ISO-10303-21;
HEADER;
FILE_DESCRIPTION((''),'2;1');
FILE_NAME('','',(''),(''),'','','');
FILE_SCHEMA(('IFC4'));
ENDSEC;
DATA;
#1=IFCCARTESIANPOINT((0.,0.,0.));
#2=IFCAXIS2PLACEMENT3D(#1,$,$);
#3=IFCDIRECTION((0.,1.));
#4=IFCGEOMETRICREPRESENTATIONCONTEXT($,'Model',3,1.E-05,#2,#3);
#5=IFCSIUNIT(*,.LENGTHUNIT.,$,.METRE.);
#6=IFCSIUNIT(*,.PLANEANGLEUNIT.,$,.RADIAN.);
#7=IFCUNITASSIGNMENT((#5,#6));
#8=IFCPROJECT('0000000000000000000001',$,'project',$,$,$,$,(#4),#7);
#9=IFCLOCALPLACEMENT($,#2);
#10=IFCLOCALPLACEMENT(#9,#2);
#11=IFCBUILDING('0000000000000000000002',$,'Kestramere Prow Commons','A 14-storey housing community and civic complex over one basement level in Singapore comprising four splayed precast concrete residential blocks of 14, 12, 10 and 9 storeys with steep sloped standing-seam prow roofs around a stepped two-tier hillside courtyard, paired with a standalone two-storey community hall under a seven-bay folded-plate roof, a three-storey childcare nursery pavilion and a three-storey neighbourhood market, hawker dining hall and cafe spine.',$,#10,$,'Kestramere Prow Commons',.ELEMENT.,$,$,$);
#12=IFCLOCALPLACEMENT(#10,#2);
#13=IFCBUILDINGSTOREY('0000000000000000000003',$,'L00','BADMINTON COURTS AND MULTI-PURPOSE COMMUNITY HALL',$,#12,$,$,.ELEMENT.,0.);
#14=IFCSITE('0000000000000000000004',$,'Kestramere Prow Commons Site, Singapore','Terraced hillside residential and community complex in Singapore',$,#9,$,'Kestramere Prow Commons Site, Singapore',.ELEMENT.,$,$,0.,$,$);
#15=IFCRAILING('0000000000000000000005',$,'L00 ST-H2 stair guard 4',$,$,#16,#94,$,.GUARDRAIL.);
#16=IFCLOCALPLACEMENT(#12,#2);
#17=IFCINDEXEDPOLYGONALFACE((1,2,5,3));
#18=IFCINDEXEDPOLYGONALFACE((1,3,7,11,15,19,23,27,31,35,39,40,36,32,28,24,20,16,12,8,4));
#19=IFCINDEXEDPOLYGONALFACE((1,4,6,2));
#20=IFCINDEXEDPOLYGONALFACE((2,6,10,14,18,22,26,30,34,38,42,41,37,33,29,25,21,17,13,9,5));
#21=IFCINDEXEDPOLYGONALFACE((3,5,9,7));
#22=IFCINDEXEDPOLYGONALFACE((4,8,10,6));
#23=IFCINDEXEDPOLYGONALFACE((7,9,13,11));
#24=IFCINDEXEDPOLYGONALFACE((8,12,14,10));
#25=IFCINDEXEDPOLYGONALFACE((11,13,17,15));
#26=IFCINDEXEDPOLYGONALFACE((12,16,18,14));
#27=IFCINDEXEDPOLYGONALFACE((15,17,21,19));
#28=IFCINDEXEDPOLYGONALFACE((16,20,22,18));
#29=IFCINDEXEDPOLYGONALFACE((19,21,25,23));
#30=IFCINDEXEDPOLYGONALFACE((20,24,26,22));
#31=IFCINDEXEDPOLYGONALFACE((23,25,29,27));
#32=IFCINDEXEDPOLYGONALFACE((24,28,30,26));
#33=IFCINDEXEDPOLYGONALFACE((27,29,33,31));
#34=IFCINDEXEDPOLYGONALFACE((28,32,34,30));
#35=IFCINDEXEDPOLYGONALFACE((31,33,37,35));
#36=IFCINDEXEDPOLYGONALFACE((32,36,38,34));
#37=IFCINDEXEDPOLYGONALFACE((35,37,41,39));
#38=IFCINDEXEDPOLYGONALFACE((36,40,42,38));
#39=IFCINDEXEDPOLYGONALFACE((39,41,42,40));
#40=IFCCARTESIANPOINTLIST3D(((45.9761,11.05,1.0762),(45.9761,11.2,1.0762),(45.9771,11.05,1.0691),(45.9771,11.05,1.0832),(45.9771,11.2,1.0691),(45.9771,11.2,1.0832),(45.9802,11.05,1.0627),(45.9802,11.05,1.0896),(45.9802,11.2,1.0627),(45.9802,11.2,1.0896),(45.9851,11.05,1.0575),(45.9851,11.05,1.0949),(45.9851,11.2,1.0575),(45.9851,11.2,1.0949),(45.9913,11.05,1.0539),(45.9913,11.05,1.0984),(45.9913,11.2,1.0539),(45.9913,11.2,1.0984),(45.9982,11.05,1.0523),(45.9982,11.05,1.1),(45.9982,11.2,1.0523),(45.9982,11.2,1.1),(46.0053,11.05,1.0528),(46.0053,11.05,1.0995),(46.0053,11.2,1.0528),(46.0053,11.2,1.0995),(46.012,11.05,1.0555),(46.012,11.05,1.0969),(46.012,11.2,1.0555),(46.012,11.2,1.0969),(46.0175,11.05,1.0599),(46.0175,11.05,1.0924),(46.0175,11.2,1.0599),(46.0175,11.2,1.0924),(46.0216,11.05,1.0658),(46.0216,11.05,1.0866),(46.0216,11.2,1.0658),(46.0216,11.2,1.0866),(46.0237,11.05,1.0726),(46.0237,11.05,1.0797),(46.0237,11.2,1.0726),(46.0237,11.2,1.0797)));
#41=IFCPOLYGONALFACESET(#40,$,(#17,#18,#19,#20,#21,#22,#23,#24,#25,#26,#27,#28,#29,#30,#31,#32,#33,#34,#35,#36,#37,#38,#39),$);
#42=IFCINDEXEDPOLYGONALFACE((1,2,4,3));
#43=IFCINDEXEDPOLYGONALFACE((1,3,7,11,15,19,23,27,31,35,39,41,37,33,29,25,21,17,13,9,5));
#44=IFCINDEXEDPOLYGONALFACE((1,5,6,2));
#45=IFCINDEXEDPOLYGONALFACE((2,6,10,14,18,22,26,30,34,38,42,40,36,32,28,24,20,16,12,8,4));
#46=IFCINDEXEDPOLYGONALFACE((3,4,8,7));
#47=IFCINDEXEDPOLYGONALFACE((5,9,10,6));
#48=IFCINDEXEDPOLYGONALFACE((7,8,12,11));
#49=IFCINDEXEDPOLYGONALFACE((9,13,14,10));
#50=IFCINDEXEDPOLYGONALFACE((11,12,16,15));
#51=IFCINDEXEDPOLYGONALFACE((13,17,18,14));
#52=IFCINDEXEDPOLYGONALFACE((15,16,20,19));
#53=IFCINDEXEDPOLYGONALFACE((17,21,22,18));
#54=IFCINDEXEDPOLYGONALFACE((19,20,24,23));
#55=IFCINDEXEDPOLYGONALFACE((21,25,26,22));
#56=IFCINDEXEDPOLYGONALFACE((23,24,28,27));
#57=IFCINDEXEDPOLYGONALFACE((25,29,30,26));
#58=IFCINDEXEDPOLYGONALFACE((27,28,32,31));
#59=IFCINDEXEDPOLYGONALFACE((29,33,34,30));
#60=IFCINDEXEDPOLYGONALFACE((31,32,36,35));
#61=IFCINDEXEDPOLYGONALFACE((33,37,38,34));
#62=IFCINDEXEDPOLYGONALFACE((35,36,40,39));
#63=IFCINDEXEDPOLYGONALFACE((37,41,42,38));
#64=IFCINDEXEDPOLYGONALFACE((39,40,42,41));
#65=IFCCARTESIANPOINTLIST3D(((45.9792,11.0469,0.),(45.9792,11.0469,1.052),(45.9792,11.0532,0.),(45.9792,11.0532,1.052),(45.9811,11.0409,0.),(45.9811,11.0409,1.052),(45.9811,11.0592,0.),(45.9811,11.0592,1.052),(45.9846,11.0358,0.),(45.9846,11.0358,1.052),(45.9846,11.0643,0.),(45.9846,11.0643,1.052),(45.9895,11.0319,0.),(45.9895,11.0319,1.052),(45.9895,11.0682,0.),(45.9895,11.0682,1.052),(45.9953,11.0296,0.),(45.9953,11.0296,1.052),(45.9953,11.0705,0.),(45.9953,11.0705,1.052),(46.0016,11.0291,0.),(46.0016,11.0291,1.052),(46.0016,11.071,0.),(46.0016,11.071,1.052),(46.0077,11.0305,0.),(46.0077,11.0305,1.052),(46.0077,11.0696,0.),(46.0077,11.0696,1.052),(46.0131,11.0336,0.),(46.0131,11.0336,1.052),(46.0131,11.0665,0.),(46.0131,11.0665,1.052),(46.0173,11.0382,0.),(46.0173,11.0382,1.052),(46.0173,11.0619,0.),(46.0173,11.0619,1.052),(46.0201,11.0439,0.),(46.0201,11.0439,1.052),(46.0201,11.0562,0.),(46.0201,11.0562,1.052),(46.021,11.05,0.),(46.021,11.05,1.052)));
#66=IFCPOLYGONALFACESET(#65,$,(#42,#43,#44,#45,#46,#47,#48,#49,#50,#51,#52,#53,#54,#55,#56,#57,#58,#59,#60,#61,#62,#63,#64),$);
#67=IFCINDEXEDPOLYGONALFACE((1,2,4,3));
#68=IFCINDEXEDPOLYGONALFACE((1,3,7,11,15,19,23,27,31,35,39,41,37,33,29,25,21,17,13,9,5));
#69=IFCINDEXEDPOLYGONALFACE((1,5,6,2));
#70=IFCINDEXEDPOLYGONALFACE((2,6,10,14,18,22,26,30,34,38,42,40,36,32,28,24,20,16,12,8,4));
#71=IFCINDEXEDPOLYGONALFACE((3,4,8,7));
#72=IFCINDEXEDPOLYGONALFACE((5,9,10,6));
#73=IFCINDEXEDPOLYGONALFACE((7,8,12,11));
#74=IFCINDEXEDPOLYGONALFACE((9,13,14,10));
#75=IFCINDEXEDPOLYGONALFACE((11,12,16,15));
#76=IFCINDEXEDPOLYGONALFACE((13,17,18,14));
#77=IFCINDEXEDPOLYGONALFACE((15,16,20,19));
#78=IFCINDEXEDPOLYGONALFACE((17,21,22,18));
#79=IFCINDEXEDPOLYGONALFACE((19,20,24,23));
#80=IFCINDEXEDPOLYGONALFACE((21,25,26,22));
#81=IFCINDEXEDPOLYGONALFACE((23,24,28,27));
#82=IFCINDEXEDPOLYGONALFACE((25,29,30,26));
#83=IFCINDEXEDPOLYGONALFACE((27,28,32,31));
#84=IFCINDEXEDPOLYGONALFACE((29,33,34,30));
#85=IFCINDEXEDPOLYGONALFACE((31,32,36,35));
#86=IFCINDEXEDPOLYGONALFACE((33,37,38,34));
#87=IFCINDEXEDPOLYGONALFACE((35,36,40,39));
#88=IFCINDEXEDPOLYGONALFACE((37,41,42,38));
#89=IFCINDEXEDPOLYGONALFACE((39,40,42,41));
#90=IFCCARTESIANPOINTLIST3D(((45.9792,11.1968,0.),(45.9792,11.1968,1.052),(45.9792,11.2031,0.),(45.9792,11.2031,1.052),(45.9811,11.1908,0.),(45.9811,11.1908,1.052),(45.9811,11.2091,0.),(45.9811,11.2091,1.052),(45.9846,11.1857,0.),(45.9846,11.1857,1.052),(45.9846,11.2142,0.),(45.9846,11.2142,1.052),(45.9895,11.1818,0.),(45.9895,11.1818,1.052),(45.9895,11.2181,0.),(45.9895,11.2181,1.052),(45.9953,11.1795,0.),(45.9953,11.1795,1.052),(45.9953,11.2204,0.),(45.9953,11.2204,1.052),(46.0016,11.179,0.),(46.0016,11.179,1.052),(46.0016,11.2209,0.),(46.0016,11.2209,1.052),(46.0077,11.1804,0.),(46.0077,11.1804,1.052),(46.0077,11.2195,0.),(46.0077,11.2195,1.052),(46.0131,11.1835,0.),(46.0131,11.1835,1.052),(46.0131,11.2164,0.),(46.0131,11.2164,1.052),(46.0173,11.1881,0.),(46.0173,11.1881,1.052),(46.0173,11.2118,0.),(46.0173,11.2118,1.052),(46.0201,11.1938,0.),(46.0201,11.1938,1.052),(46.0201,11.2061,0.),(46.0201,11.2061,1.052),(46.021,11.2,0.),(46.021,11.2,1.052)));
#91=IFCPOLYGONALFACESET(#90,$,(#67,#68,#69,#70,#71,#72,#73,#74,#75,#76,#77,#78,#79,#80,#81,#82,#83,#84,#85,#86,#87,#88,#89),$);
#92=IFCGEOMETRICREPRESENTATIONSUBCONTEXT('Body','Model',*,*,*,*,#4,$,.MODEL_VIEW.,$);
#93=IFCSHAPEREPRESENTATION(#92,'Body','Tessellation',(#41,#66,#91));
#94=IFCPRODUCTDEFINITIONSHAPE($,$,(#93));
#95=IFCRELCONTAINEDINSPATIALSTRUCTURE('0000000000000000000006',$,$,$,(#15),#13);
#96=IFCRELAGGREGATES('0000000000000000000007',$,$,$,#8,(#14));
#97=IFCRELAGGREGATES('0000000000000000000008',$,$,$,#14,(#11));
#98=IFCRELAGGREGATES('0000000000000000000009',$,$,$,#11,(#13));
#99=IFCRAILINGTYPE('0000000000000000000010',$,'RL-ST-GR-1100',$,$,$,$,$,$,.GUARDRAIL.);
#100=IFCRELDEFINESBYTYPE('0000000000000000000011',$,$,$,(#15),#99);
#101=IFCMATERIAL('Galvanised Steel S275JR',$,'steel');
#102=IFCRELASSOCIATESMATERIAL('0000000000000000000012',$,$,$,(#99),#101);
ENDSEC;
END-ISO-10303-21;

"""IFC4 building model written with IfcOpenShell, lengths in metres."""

from ifc_helpers import new_model, si_unit, direction, frame, origin, origin_2d, place, context, subcontext, project, spatial, circle, extrude, material, type_object, element, save


model = new_model("IFC4")

# Units and contexts
model_context = context("Model", 3, precision=1e-05, world=origin(), true_north=direction((0.0, 1.0)))
body_context = subcontext(model_context, "Body", "Model", "MODEL_VIEW")
ifc_project = project(units=[si_unit("LENGTHUNIT", "METRE"), si_unit("PLANEANGLEUNIT", "RADIAN")], contexts=[model_context])

# Site, building, storey
site_placement = place(None, origin())
site = spatial("IfcSite", under=ifc_project, at=site_placement, Name="Kestramere Prow Commons Site, Singapore", Description="Terraced hillside residential and community complex in Singapore", LongName="Kestramere Prow Commons Site, Singapore", CompositionType="ELEMENT", RefElevation=0.0)
building_placement = place(site_placement, origin())
building = spatial("IfcBuilding", under=site, at=building_placement, Name="Kestramere Prow Commons", Description="A 14-storey housing community and civic complex over one basement level in Singapore comprising four splayed precast concrete residential blocks of 14, 12, 10 and 9 storeys with steep sloped standing-seam prow roofs around a stepped two-tier hillside courtyard, paired with a standalone two-storey community hall under a seven-bay folded-plate roof, a three-storey childcare nursery pavilion and a three-storey neighbourhood market, hawker dining hall and cafe spine.", LongName="Kestramere Prow Commons", CompositionType="ELEMENT")
storey_placement = place(building_placement, origin())
storey = spatial("IfcBuildingStorey", under=building, at=storey_placement, Name="L00", Description="BADMINTON COURTS AND MULTI-PURPOSE COMMUNITY HALL", CompositionType="ELEMENT", Elevation=0.0)

# Railing
ifc_material_1 = material(Name="Galvanised Steel S275JR", Category="steel")
railing_type_1 = type_object("IfcRailingType", Name="RL-ST-GR-1100", PredefinedType="GUARDRAIL", material=ifc_material_1)
railing_1_placement = place(storey_placement, frame((46.0, 11.05, 0.0)))
element("IfcRailing", 1, at=railing_1_placement, inside=storey, type_object=railing_type_1, Name="L00 ST-H2 stair guard 4", PredefinedType="GUARDRAIL", context=body_context, shape_type="SweptSolid", body=[
    extrude(circle(Radius=0.0239, at=origin_2d()), frame((0.0, 0.0, 1.0762), z_axis=(0.0, 1.0, 0.0), x_axis=(-1.0, 0.0, 0.0)), (0.0, 0.0, 1.0), 0.1499),
    extrude(circle(Radius=0.021, at=origin_2d()), origin(), (0.0, 0.0, 1.0), 1.052),
    extrude(circle(Radius=0.021, at=origin_2d()), frame((0.0, 0.1499, 0.0)), (0.0, 0.0, 1.0), 1.052),
])

save(model, "model.ifc")
